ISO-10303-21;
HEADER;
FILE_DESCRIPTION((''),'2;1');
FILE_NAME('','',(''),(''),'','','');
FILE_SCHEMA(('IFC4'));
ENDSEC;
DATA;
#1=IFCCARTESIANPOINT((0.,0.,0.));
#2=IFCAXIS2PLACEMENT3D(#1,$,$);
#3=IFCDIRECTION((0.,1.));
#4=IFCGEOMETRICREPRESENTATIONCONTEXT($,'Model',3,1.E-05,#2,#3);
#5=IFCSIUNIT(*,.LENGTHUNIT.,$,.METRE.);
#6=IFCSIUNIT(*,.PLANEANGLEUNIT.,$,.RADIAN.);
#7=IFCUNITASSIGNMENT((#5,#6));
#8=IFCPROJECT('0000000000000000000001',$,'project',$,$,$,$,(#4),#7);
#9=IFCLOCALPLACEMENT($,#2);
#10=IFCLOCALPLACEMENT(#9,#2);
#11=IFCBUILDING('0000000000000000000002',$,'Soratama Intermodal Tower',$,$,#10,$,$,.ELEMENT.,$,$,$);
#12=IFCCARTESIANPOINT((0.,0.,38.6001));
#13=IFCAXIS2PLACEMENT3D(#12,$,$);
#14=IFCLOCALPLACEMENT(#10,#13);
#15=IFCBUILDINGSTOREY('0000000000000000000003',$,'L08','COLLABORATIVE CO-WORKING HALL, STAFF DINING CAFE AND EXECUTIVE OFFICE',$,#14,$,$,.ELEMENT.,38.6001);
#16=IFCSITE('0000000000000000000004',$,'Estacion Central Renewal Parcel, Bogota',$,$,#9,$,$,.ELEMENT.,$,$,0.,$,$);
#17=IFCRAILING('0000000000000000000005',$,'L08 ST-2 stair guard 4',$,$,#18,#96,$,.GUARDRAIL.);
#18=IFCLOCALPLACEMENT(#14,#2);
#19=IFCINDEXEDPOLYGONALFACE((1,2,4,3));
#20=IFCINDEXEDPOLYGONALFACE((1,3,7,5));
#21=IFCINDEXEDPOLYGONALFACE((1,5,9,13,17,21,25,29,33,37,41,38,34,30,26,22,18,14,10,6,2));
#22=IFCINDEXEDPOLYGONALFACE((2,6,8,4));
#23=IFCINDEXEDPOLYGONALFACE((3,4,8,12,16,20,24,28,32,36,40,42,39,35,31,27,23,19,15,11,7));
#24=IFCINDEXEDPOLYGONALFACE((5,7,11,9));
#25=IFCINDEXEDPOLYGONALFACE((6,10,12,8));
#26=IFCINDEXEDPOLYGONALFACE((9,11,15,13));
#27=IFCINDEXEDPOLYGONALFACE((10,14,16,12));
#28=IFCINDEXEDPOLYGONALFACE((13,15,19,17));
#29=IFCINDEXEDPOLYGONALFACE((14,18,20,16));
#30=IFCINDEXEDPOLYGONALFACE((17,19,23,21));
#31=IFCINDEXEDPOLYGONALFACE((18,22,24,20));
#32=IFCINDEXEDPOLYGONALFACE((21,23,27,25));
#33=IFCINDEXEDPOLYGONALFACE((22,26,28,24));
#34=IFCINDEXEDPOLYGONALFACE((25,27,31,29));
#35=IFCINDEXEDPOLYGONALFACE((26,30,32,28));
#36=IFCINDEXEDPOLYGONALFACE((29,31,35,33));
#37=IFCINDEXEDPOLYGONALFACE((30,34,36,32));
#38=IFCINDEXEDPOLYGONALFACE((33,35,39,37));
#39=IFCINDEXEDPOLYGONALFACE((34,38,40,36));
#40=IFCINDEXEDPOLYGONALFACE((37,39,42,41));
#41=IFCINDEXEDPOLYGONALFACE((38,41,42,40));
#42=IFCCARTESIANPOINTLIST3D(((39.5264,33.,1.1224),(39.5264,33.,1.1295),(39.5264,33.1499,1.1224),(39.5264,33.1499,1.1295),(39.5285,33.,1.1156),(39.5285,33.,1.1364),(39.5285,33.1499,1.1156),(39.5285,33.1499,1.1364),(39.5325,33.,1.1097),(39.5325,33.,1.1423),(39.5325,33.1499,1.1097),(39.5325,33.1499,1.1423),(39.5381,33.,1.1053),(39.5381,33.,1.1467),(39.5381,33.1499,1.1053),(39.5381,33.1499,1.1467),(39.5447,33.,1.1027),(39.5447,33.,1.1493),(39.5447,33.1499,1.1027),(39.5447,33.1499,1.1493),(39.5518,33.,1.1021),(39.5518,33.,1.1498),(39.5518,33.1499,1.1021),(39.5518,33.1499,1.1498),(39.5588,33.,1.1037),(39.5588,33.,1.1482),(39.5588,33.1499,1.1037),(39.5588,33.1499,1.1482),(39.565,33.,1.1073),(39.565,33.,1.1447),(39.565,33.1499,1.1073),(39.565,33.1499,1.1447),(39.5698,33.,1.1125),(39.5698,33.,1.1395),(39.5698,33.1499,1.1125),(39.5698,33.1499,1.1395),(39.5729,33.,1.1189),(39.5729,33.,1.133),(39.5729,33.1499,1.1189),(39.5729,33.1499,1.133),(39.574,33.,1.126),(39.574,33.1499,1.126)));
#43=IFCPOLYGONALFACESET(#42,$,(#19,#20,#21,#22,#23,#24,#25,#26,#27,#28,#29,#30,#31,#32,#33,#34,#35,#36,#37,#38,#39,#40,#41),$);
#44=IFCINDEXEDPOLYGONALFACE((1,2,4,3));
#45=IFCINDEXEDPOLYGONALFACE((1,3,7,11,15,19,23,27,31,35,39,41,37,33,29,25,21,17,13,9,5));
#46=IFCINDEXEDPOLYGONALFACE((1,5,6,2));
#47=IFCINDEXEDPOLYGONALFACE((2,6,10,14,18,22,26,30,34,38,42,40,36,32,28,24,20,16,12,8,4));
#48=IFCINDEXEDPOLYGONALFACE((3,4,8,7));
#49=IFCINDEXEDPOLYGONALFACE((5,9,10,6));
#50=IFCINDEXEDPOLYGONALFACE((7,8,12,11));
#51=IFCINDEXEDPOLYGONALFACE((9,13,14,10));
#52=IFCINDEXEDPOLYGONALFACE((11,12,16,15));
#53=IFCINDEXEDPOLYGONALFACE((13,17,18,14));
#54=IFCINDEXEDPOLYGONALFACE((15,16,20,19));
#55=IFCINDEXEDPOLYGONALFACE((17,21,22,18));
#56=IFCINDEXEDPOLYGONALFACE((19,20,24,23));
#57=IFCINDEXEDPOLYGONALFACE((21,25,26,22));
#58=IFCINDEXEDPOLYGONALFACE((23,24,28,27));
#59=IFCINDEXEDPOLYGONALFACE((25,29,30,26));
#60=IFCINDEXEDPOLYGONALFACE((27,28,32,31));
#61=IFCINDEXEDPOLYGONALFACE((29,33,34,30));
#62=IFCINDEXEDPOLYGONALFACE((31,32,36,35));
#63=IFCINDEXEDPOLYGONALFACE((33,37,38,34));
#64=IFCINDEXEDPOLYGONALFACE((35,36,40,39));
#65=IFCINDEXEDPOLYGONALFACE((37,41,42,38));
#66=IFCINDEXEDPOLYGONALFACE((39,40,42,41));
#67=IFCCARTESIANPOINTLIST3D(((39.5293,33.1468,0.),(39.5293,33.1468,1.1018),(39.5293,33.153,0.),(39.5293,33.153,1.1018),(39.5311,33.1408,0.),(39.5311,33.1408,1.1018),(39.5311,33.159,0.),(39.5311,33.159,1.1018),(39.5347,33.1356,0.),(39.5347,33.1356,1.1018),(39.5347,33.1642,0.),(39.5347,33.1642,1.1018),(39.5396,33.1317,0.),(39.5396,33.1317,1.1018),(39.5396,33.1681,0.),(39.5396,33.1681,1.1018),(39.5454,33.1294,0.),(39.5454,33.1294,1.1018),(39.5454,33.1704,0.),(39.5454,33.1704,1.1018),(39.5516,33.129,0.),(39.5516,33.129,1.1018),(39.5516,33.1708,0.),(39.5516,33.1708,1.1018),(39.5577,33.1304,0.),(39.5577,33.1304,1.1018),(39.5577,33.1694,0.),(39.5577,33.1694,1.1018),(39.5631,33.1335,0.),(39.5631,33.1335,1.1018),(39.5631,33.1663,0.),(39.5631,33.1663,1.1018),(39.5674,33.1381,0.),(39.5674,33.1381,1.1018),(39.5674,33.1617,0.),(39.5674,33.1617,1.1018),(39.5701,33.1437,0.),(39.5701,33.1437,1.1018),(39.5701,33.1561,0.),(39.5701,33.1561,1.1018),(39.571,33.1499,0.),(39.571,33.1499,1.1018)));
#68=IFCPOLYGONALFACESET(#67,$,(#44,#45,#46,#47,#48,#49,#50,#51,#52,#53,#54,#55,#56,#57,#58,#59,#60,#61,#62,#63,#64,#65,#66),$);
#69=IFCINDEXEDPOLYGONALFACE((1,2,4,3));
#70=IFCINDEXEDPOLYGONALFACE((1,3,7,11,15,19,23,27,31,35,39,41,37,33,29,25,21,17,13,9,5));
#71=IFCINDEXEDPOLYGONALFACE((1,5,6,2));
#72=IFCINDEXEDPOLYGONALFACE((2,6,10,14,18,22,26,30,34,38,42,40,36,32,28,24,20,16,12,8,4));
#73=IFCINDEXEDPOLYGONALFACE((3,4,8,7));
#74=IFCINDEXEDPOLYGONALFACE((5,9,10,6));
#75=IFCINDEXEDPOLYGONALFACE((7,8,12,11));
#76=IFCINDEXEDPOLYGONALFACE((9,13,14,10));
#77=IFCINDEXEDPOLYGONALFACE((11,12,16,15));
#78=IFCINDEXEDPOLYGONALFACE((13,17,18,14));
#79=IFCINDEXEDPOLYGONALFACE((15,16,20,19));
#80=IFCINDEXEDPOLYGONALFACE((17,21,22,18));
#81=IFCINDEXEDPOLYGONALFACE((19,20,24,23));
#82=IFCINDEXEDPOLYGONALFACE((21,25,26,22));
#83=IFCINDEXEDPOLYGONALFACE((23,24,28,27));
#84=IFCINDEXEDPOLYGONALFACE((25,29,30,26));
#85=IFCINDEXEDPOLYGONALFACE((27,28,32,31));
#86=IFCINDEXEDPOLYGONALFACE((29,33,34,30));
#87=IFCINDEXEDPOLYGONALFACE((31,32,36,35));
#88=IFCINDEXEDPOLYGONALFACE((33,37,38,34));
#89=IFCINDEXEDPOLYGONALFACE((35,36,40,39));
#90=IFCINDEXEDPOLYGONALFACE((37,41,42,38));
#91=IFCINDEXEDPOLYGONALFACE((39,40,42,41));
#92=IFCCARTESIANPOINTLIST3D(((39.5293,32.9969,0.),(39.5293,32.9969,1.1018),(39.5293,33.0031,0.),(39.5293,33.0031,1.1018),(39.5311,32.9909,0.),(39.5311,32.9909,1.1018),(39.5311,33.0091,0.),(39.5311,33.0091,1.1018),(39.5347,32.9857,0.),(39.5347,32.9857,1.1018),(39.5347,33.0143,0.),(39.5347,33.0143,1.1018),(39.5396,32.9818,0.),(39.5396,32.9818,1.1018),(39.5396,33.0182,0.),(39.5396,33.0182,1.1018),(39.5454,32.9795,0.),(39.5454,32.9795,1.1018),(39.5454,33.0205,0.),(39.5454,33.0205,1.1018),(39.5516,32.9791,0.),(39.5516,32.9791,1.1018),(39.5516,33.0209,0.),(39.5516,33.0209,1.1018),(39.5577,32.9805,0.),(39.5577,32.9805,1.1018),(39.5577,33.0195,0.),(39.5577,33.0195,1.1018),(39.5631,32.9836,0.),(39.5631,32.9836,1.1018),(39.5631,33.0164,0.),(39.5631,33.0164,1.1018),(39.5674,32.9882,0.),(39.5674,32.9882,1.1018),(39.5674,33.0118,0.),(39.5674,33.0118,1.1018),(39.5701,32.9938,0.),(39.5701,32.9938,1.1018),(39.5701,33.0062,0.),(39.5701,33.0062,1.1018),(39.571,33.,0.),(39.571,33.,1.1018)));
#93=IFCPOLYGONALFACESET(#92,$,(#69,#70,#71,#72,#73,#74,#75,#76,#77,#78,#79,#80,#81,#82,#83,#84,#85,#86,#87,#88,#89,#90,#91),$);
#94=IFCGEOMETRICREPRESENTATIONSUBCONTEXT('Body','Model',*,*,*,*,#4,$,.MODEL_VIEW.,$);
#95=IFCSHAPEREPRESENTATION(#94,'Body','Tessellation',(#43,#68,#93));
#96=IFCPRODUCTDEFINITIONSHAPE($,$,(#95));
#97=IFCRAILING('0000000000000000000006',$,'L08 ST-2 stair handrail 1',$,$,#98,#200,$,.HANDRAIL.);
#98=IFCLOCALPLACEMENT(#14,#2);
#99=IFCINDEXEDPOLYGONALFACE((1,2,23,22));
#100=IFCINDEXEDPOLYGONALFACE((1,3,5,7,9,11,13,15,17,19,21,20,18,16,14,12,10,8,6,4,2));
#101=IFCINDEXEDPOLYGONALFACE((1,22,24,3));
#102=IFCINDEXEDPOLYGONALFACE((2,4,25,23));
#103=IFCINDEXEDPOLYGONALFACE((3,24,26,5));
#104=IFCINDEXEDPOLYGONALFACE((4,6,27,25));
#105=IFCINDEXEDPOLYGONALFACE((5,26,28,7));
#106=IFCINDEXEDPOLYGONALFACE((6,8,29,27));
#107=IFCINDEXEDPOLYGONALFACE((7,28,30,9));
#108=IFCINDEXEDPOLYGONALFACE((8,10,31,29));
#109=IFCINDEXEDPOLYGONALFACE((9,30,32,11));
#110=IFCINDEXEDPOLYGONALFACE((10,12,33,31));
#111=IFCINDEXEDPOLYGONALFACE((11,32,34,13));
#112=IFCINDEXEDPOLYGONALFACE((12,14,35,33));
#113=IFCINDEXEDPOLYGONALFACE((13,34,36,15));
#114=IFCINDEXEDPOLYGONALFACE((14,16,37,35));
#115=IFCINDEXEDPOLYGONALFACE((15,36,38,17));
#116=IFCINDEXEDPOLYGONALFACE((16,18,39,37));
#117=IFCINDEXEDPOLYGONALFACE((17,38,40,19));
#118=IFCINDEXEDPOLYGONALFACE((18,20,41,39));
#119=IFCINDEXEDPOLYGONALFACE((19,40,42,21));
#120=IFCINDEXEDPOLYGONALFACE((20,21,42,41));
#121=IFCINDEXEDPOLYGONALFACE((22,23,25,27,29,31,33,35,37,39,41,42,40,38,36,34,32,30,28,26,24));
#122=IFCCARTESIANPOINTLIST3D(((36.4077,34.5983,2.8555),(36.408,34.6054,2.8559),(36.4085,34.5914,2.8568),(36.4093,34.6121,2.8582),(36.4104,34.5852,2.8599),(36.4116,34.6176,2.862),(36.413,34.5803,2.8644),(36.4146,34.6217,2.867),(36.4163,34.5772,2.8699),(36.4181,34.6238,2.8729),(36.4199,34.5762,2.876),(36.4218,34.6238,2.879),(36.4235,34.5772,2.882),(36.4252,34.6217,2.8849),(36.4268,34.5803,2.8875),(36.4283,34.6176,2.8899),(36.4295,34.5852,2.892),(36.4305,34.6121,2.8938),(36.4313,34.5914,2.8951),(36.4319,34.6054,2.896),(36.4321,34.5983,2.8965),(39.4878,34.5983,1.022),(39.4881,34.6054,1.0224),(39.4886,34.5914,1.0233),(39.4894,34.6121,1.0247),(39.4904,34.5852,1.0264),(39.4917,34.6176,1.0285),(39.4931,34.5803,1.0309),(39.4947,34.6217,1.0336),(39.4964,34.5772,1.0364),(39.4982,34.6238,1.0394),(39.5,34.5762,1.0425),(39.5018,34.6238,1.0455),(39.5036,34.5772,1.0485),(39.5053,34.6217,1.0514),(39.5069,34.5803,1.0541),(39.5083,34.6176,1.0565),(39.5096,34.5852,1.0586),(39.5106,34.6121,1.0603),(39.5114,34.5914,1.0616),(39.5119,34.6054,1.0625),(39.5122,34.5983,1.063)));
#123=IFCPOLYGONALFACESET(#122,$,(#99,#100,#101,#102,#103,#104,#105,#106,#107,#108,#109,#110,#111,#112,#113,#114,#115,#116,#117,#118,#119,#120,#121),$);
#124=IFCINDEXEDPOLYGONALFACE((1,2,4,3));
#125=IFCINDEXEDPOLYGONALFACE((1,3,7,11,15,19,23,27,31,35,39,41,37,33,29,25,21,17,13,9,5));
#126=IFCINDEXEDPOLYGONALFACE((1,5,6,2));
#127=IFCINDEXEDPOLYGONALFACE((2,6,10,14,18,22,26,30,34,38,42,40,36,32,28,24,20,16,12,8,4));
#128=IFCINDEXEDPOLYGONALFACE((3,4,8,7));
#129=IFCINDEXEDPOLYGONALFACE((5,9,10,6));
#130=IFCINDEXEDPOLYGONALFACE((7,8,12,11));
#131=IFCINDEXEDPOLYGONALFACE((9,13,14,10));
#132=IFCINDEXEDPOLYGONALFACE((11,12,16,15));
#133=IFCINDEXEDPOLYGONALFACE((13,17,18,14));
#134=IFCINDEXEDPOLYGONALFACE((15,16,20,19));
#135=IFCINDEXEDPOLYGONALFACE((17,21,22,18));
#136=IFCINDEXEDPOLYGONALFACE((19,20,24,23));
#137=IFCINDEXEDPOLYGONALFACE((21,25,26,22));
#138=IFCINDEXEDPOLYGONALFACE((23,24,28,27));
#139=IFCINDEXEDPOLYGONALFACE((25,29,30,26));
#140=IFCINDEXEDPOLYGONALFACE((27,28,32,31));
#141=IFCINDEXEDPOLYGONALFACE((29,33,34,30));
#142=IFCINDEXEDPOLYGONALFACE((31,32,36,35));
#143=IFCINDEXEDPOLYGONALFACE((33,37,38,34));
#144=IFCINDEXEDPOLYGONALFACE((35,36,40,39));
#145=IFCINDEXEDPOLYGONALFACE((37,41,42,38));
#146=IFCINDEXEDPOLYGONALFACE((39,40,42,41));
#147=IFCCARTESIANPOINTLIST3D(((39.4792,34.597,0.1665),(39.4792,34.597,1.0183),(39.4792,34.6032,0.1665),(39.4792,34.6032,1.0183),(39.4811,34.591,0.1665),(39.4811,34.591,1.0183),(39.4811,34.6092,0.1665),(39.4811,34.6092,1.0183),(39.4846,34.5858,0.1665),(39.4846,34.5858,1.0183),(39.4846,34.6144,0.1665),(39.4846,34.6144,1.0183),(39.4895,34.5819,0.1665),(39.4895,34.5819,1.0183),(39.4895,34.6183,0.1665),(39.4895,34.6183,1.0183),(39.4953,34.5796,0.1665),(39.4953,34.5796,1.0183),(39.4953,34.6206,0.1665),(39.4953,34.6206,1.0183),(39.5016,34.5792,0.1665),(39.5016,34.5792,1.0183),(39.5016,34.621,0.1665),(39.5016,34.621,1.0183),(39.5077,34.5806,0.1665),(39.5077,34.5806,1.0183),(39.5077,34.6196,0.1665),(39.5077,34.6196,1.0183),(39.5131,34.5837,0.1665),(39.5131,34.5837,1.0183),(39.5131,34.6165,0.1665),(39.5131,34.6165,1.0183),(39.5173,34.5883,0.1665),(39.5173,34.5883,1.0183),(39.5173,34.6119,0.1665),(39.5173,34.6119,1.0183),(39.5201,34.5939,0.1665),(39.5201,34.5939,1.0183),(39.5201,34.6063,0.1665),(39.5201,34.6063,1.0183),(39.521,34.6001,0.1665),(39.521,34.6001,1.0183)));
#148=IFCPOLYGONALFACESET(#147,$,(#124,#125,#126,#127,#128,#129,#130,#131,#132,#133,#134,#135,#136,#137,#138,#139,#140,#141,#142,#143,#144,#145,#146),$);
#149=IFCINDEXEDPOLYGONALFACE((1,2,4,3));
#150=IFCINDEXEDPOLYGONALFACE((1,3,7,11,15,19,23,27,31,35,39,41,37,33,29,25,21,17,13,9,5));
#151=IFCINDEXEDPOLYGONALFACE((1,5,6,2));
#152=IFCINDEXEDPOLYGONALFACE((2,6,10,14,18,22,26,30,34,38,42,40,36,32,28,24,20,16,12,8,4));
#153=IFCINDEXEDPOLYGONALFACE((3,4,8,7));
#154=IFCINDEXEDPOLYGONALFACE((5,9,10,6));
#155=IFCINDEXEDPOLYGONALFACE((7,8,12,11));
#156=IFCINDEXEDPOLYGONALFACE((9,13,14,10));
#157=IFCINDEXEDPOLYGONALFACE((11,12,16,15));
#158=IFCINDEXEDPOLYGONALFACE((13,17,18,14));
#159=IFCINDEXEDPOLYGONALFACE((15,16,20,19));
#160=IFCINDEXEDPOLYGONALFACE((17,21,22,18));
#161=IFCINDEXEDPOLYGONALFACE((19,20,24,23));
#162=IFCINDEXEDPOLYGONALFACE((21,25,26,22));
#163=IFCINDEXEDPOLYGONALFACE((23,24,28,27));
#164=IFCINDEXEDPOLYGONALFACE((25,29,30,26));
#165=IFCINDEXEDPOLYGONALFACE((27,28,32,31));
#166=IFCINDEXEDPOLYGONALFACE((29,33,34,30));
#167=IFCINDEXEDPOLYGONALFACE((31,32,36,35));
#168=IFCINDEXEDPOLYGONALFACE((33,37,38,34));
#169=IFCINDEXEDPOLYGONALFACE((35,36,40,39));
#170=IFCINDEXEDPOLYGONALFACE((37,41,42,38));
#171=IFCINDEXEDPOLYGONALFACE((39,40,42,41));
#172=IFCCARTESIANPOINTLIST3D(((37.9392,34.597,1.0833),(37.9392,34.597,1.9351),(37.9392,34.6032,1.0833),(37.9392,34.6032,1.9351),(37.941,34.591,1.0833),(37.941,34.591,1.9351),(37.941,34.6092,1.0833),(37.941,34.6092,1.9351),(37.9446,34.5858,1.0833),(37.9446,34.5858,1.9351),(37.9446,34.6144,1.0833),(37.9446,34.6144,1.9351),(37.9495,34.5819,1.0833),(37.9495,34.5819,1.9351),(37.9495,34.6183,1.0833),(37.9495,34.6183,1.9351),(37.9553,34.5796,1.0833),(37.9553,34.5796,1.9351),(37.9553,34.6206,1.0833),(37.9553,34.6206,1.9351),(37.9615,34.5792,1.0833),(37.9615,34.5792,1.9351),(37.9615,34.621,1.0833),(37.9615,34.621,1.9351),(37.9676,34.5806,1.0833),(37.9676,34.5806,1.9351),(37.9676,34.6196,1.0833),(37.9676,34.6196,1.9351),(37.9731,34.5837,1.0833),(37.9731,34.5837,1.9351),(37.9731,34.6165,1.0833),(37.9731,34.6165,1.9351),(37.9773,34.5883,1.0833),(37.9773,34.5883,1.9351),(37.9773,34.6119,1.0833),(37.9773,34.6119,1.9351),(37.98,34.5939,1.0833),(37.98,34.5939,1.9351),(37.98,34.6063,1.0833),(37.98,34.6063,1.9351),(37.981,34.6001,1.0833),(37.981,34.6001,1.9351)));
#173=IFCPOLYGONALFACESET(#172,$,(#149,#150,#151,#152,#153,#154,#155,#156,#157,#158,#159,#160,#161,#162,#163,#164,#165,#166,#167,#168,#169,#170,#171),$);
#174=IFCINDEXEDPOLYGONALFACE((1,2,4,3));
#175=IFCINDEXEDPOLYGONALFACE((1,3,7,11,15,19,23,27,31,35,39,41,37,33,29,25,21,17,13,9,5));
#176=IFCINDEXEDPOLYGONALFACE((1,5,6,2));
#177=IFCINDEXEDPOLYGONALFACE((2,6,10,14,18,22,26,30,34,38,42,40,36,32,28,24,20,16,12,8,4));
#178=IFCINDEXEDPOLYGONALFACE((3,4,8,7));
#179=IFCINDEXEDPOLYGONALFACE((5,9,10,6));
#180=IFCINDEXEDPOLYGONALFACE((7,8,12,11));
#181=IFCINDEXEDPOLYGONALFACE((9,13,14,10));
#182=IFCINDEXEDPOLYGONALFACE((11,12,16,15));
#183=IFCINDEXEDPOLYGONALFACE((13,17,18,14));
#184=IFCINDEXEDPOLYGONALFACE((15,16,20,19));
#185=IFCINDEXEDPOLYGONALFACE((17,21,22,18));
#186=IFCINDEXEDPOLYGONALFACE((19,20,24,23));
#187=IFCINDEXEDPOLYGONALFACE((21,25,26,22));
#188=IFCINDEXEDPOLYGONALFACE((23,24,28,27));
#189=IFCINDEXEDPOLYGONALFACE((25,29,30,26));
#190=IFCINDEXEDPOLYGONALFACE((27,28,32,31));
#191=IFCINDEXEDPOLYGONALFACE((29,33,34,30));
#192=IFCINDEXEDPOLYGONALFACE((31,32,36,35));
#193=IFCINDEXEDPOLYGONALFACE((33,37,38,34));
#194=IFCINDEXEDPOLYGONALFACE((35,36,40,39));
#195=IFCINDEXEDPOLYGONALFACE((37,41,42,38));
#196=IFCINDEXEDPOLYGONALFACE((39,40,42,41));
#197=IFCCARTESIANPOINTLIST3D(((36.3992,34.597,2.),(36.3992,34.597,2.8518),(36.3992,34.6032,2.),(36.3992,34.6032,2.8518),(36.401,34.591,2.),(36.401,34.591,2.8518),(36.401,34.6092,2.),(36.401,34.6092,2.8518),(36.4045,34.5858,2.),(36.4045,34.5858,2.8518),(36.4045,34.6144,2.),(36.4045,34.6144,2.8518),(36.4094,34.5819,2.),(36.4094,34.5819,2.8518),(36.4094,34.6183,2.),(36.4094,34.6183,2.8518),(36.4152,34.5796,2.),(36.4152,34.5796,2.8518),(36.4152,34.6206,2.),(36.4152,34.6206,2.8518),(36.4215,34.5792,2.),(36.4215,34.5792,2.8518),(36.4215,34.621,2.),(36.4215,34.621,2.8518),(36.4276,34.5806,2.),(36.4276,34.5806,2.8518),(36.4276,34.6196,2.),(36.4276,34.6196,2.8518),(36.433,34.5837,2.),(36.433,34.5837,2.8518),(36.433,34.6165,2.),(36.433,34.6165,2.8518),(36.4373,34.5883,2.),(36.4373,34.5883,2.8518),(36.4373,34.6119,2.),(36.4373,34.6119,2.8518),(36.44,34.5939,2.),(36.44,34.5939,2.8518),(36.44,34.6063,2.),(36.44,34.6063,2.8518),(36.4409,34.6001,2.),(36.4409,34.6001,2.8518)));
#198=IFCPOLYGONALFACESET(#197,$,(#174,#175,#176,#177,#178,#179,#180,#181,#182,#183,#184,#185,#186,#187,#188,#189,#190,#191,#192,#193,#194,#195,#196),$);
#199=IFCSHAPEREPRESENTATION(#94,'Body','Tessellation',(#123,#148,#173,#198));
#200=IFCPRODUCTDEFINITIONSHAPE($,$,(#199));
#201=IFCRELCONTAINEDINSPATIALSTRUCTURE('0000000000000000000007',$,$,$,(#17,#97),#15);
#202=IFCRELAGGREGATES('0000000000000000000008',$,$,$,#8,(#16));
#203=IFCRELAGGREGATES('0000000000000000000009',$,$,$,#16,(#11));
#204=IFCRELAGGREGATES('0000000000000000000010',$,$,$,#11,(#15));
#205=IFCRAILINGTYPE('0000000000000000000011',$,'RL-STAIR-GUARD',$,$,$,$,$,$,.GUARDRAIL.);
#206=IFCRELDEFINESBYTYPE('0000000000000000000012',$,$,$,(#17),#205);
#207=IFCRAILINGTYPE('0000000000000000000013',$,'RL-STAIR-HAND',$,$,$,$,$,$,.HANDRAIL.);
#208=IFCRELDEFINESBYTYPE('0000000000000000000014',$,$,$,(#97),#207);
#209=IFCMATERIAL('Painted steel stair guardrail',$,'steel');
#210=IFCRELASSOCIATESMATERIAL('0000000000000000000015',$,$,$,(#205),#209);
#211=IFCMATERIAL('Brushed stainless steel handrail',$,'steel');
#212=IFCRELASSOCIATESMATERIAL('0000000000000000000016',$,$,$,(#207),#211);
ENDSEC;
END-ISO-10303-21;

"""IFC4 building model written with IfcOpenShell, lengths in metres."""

from ifc_helpers import new_model, si_unit, direction, frame, origin, origin_2d, place, context, subcontext, project, spatial, circle, extrude, material, type_object, element, save


model = new_model("IFC4")

# Units and contexts
model_context = context("Model", 3, precision=1e-05, world=origin(), true_north=direction((0.0, 1.0)))
body_context = subcontext(model_context, "Body", "Model", "MODEL_VIEW")
ifc_project = project(units=[si_unit("LENGTHUNIT", "METRE"), si_unit("PLANEANGLEUNIT", "RADIAN")], contexts=[model_context])

# Site, building, storey
site_placement = place(None, origin())
site = spatial("IfcSite", under=ifc_project, at=site_placement, Name="Estacion Central Renewal Parcel, Bogota", CompositionType="ELEMENT", RefElevation=0.0)
building_placement = place(site_placement, origin())
building = spatial("IfcBuilding", under=site, at=building_placement, Name="Soratama Intermodal Tower", CompositionType="ELEMENT")
storey_placement = place(building_placement, frame((0.0, 0.0, 38.6001)))
storey = spatial("IfcBuildingStorey", under=building, at=storey_placement, Name="L08", Description="COLLABORATIVE CO-WORKING HALL, STAFF DINING CAFE AND EXECUTIVE OFFICE", CompositionType="ELEMENT", Elevation=38.6001)

# Railings
ifc_material_1 = material(Name="Painted steel stair guardrail", Category="steel")
railing_type_1 = type_object("IfcRailingType", Name="RL-STAIR-GUARD", PredefinedType="GUARDRAIL", material=ifc_material_1)
railing_1_placement = place(storey_placement, frame((39.55, 33.1499, 0.0)))
element("IfcRailing", 1, at=railing_1_placement, inside=storey, type_object=railing_type_1, Name="L08 ST-2 stair guard 4", PredefinedType="GUARDRAIL", context=body_context, shape_type="SweptSolid", body=[
    extrude(circle(Radius=0.0239, at=origin_2d()), frame((0.0, 0.0, 1.126), z_axis=(0.0, -1.0, 0.0), x_axis=(1.0, 0.0, 0.0)), (0.0, 0.0, 1.0), 0.1499),
    extrude(circle(Radius=0.021, at=origin_2d()), origin(), (0.0, 0.0, 1.0), 1.1018),
    extrude(circle(Radius=0.021, at=origin_2d()), frame((0.0, -0.1499, 0.0)), (0.0, 0.0, 1.0), 1.1018),
])
ifc_material_2 = material(Name="Brushed stainless steel handrail", Category="steel")
railing_type_2 = type_object("IfcRailingType", Name="RL-STAIR-HAND", PredefinedType="HANDRAIL", material=ifc_material_2)
railing_2_placement = place(storey_placement, frame((39.5, 34.6001, 0.1665)))
element("IfcRailing", 2, at=railing_2_placement, inside=storey, type_object=railing_type_2, Name="L08 ST-2 stair handrail 1", PredefinedType="HANDRAIL", context=body_context, shape_type="SweptSolid", body=[
    extrude(circle(Radius=0.0239, at=origin_2d()), frame((0.0, 0.0, 0.876), z_axis=(-0.859279, 0.0, 0.511508), x_axis=(0.0, -1.0, 0.0)), (0.0, 0.0, 1.0), 3.5845),
    extrude(circle(Radius=0.021, at=origin_2d()), origin(), (0.0, 0.0, 1.0), 0.8518),
    extrude(circle(Radius=0.021, at=origin_2d()), frame((-1.54, 0.0, 0.9167)), (0.0, 0.0, 1.0), 0.8518),
    extrude(circle(Radius=0.021, at=origin_2d()), frame((-3.0801, 0.0, 1.8335)), (0.0, 0.0, 1.0), 0.8518),
])

save(model, "model.ifc")
